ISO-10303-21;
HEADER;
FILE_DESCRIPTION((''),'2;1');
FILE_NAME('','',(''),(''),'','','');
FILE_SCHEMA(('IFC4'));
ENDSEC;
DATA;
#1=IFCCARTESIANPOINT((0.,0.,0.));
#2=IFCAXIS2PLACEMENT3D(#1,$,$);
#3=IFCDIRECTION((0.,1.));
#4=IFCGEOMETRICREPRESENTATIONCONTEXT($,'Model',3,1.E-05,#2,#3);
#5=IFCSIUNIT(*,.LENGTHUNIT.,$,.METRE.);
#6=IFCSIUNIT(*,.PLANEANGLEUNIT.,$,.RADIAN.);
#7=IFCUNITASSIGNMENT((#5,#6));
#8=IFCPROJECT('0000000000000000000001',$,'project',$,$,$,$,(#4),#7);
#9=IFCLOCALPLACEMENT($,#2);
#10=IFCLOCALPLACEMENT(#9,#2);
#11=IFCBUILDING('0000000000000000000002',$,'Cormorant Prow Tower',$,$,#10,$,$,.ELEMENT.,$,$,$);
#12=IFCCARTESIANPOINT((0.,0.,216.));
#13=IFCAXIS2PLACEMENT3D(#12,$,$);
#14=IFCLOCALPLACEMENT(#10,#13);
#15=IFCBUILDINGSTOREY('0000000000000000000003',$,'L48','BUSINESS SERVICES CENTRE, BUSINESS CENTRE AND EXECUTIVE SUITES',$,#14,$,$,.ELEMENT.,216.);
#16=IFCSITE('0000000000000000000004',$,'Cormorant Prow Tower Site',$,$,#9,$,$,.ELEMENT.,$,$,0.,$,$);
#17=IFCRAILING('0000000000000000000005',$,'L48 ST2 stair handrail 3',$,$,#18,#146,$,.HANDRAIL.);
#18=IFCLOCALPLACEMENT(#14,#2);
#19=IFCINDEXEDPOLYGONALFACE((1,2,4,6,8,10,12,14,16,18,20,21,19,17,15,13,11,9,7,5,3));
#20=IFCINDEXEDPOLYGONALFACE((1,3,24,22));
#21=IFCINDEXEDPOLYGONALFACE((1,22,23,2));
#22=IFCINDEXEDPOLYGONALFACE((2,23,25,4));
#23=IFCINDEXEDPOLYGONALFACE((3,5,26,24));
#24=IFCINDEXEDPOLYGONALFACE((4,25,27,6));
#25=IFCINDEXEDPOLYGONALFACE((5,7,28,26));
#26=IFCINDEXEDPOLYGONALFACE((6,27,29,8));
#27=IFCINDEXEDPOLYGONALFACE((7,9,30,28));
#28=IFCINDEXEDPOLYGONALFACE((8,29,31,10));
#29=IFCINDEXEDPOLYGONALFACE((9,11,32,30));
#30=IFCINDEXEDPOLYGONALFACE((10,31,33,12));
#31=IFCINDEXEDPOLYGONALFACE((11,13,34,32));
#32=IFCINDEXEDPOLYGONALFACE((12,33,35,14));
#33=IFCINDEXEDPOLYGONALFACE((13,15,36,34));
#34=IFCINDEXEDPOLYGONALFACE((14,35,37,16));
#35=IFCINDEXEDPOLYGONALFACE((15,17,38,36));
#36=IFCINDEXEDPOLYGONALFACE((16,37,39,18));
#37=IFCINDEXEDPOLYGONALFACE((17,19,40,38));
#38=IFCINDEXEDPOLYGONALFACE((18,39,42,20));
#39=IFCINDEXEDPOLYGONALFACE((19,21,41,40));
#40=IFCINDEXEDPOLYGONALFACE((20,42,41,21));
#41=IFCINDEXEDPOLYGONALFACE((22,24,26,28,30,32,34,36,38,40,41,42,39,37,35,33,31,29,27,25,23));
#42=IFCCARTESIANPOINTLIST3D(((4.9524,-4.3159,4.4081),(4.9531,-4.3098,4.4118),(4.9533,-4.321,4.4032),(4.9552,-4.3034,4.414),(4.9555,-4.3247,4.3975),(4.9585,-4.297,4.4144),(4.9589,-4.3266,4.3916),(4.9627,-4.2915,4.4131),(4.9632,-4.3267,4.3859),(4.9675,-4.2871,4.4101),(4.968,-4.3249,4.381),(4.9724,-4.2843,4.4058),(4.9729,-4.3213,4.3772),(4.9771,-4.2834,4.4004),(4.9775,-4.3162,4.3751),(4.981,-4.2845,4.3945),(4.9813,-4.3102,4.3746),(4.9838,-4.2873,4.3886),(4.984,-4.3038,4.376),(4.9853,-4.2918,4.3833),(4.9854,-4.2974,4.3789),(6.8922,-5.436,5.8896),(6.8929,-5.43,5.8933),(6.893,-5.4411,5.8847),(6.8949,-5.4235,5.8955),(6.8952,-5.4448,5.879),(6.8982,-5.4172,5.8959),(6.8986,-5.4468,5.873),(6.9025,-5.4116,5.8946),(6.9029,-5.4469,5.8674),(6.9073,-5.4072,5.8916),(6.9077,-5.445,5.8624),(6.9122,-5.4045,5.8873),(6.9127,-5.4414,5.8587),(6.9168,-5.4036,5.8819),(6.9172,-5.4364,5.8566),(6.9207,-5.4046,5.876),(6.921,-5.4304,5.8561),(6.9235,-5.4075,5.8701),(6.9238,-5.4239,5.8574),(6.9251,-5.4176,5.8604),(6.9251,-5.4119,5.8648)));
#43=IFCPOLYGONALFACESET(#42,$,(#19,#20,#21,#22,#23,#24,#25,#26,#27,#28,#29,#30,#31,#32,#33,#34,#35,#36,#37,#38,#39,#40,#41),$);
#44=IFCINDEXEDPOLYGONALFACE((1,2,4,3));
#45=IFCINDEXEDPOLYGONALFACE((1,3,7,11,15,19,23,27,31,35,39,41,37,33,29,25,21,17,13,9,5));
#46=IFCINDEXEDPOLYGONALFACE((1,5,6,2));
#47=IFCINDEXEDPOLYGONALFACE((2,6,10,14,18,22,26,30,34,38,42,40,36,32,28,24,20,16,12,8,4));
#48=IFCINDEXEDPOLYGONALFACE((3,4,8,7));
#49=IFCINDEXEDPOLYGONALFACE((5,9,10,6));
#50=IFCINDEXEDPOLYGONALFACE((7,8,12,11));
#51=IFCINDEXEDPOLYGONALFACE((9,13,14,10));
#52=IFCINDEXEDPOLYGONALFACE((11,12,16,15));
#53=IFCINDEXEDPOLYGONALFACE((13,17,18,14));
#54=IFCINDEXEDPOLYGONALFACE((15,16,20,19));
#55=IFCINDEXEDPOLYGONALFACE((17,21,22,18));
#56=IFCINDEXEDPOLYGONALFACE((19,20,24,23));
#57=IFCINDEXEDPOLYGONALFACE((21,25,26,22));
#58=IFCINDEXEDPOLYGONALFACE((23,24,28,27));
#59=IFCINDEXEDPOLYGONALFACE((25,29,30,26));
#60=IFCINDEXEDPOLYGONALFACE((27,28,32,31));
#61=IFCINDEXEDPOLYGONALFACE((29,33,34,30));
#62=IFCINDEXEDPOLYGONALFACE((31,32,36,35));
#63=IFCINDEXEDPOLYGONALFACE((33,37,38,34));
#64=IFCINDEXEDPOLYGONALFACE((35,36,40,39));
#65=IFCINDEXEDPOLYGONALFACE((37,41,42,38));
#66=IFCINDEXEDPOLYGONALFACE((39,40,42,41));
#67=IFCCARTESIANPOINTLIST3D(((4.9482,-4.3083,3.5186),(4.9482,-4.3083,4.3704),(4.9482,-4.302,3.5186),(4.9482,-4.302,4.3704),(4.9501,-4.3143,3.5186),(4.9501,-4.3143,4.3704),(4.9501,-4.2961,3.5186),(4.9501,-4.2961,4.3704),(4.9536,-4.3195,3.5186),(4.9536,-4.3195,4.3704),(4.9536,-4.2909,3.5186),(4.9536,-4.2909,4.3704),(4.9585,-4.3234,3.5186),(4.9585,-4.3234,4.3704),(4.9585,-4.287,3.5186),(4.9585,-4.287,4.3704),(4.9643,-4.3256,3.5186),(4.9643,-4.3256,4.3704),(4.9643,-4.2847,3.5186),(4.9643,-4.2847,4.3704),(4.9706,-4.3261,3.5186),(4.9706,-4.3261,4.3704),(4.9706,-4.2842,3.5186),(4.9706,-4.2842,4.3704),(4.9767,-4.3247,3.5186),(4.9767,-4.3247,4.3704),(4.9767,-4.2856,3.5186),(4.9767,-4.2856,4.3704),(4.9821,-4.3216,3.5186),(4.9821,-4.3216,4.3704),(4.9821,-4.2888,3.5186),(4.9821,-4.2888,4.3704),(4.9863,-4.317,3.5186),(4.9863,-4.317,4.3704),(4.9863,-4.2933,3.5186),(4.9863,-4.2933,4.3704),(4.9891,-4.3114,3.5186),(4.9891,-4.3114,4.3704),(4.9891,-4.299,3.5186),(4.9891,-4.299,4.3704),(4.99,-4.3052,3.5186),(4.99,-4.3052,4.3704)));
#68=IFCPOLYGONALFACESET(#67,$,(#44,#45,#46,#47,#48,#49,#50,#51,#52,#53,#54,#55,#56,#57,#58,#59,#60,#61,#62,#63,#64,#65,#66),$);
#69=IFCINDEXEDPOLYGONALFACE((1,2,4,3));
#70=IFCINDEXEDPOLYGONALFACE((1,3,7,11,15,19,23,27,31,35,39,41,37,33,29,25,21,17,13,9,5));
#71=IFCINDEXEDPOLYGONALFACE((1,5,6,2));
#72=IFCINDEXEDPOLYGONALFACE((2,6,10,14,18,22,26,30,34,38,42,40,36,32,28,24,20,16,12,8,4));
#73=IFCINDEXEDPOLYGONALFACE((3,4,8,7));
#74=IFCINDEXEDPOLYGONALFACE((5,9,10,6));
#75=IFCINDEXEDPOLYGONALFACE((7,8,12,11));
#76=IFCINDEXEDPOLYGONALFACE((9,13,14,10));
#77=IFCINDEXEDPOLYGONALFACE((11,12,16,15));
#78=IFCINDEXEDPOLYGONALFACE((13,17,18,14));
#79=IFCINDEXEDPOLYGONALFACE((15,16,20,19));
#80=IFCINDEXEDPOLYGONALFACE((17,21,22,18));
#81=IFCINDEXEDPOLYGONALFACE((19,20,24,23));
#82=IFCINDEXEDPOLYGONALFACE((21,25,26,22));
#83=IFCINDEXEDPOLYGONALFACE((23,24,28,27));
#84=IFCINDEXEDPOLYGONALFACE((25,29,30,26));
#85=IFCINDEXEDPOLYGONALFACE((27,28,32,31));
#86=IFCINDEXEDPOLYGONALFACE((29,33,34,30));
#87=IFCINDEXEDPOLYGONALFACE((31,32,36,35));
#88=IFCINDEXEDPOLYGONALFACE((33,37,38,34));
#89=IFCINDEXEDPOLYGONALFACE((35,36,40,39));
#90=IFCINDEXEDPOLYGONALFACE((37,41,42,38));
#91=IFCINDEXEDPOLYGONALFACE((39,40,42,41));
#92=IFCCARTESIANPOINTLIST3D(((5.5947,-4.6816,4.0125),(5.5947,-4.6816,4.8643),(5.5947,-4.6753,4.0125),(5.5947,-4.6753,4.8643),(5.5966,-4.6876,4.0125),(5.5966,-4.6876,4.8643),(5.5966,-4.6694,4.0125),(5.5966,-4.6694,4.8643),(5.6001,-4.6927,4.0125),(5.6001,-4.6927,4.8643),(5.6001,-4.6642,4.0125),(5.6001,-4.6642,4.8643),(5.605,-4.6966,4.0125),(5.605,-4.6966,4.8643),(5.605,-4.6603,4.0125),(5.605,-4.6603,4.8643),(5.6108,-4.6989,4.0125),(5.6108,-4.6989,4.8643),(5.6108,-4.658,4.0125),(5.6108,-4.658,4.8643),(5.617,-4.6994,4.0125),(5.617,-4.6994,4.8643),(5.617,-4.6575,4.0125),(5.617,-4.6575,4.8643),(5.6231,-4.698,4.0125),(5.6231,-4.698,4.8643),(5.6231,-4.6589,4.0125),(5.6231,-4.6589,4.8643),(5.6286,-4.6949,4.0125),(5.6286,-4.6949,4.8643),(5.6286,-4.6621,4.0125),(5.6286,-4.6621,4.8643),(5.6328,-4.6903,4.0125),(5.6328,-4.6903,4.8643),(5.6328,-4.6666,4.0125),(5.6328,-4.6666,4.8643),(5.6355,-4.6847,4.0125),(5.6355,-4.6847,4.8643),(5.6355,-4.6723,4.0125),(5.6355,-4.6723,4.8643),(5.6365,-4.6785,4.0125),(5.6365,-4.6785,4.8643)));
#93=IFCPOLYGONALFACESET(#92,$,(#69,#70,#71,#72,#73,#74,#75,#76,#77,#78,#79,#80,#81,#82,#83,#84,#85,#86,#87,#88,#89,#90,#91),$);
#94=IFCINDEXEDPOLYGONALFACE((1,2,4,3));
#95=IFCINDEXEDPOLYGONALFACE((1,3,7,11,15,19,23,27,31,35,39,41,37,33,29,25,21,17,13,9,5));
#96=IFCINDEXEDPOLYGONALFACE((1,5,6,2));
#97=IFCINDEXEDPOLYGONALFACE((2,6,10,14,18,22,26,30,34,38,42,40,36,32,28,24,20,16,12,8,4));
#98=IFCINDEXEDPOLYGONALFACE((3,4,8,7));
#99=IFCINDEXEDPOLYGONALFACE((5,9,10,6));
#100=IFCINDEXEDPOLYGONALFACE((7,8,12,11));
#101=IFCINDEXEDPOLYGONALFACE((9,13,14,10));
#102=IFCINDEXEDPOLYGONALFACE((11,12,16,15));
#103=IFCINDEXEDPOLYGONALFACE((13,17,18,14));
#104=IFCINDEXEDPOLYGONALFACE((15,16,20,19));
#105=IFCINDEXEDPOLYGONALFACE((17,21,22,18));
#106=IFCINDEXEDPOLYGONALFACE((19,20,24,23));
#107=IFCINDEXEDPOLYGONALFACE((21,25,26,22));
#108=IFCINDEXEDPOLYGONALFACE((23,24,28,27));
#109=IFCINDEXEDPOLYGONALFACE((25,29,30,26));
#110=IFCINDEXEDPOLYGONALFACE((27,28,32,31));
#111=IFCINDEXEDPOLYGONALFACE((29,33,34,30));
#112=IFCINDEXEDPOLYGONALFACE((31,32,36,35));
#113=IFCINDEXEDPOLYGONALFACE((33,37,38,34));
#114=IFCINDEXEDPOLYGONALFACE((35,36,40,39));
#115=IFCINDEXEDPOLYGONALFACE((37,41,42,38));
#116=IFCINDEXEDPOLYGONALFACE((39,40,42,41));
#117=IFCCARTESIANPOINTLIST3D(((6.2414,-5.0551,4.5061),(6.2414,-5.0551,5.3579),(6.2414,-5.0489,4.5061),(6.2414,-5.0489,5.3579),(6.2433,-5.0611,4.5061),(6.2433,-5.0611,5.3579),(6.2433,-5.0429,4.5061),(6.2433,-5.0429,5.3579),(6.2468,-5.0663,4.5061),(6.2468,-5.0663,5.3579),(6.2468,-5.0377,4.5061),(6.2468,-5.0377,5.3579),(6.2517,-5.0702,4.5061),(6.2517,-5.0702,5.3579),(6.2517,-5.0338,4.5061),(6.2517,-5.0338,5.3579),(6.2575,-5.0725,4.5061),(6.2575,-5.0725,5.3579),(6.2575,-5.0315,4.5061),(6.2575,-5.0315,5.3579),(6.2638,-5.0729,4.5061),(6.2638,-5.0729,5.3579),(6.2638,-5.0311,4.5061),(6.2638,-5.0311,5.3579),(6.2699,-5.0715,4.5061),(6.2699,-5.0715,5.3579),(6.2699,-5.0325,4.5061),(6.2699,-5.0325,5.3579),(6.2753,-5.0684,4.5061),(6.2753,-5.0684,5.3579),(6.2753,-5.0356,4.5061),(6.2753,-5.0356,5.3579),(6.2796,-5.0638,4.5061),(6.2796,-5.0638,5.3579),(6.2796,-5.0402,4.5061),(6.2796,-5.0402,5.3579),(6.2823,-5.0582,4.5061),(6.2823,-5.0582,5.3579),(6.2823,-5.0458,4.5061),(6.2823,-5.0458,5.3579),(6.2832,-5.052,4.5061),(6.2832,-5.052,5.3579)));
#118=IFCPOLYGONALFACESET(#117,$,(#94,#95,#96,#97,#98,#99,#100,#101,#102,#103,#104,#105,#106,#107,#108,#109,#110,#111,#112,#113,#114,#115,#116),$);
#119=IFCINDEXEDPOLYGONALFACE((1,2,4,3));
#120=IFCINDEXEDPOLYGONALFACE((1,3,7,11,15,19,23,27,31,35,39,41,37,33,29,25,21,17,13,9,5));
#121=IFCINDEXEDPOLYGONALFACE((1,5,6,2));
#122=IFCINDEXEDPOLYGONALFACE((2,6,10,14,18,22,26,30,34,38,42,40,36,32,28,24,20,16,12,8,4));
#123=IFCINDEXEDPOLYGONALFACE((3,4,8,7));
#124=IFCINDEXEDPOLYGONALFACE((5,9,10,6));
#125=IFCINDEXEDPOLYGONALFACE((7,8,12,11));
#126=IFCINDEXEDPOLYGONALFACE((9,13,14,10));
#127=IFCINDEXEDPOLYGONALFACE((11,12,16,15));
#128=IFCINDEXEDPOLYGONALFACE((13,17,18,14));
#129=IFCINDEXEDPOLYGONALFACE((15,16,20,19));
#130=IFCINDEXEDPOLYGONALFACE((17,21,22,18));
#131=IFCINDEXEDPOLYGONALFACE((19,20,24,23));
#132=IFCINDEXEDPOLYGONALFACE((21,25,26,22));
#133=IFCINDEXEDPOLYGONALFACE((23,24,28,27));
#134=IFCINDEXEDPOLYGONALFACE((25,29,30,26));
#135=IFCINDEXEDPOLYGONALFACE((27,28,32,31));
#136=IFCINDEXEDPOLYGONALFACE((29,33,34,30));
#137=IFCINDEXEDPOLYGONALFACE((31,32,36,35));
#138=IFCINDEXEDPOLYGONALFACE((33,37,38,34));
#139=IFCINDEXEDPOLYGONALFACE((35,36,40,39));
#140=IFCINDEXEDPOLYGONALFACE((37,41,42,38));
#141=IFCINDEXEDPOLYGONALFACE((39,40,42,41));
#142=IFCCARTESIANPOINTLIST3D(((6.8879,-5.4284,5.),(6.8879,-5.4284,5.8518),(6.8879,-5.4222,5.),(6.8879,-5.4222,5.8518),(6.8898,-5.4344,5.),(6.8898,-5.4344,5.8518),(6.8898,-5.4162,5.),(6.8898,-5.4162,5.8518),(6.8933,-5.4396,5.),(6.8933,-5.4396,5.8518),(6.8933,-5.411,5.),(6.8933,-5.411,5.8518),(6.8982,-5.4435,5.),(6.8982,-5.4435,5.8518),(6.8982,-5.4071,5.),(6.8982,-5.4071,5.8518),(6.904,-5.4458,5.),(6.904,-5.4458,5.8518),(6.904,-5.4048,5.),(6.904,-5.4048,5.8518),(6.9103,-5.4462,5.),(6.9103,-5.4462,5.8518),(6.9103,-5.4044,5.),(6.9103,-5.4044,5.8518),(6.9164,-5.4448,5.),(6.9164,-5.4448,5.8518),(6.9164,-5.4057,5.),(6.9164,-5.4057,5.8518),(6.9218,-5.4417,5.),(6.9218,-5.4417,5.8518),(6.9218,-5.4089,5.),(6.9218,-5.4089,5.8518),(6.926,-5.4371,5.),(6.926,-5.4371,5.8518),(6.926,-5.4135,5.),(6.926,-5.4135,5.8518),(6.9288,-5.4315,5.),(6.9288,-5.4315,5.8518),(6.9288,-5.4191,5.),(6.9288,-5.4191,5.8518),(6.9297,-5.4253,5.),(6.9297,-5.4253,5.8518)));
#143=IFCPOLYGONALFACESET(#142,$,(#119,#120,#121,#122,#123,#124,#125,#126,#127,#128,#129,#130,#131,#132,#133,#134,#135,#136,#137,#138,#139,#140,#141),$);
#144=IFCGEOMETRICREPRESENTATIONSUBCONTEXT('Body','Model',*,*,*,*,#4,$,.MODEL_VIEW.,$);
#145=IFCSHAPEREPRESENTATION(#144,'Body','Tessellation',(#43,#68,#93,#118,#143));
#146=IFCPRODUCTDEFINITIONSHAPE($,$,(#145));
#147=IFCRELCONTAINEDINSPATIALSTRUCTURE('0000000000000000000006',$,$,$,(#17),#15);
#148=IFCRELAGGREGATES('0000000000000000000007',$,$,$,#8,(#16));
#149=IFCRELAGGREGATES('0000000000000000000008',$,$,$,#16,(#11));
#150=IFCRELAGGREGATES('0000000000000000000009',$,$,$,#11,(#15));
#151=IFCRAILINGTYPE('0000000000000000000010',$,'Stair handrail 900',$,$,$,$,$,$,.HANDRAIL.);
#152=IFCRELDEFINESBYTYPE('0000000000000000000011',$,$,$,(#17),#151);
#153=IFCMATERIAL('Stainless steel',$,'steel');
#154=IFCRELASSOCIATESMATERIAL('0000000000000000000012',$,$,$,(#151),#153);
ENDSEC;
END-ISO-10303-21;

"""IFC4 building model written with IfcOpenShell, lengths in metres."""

from ifc_helpers import new_model, si_unit, direction, frame, origin, origin_2d, place, context, subcontext, project, spatial, circle, extrude, material, type_object, element, save


model = new_model("IFC4")

# Units and contexts
model_context = context("Model", 3, precision=1e-05, world=origin(), true_north=direction((0.0, 1.0)))
body_context = subcontext(model_context, "Body", "Model", "MODEL_VIEW")
ifc_project = project(units=[si_unit("LENGTHUNIT", "METRE"), si_unit("PLANEANGLEUNIT", "RADIAN")], contexts=[model_context])

# Site, building, storey
site_placement = place(None, origin())
site = spatial("IfcSite", under=ifc_project, at=site_placement, Name="Cormorant Prow Tower Site", CompositionType="ELEMENT", RefElevation=0.0)
building_placement = place(site_placement, origin())
building = spatial("IfcBuilding", under=site, at=building_placement, Name="Cormorant Prow Tower", CompositionType="ELEMENT")
storey_placement = place(building_placement, frame((0.0, 0.0, 216.0)))
storey = spatial("IfcBuildingStorey", under=building, at=storey_placement, Name="L48", Description="BUSINESS SERVICES CENTRE, BUSINESS CENTRE AND EXECUTIVE SUITES", CompositionType="ELEMENT", Elevation=216.0)

# Railing
ifc_material_1 = material(Name="Stainless steel", Category="steel")
railing_type_1 = type_object("IfcRailingType", Name="Stair handrail 900", PredefinedType="HANDRAIL", material=ifc_material_1)
railing_1_placement = place(storey_placement, frame((4.969, -4.3052, 3.5186)))
element("IfcRailing", 1, at=railing_1_placement, inside=storey, type_object=railing_type_1, Name="L48 ST2 stair handrail 3", PredefinedType="HANDRAIL", context=body_context, shape_type="SweptSolid", body=[
    extrude(circle(Radius=0.0239, at=origin_2d()), frame((0.0, 0.0, 0.876), z_axis=(0.722292, -0.417102, 0.551651), x_axis=(0.500078, 0.86598, 0.0)), (0.0, 0.0, 1.0), 2.6855),
    extrude(circle(Radius=0.021, at=origin_2d()), origin(), (0.0, 0.0, 1.0), 0.8518),
    extrude(circle(Radius=0.021, at=origin_2d()), frame((0.6465, -0.3733, 0.4939)), (0.0, 0.0, 1.0), 0.8518),
    extrude(circle(Radius=0.021, at=origin_2d()), frame((1.2932, -0.7468, 0.9875)), (0.0, 0.0, 1.0), 0.8518),
    extrude(circle(Radius=0.021, at=origin_2d()), frame((1.9397, -1.1201, 1.4814)), (0.0, 0.0, 1.0), 0.8518),
])

save(model, "model.ifc")
